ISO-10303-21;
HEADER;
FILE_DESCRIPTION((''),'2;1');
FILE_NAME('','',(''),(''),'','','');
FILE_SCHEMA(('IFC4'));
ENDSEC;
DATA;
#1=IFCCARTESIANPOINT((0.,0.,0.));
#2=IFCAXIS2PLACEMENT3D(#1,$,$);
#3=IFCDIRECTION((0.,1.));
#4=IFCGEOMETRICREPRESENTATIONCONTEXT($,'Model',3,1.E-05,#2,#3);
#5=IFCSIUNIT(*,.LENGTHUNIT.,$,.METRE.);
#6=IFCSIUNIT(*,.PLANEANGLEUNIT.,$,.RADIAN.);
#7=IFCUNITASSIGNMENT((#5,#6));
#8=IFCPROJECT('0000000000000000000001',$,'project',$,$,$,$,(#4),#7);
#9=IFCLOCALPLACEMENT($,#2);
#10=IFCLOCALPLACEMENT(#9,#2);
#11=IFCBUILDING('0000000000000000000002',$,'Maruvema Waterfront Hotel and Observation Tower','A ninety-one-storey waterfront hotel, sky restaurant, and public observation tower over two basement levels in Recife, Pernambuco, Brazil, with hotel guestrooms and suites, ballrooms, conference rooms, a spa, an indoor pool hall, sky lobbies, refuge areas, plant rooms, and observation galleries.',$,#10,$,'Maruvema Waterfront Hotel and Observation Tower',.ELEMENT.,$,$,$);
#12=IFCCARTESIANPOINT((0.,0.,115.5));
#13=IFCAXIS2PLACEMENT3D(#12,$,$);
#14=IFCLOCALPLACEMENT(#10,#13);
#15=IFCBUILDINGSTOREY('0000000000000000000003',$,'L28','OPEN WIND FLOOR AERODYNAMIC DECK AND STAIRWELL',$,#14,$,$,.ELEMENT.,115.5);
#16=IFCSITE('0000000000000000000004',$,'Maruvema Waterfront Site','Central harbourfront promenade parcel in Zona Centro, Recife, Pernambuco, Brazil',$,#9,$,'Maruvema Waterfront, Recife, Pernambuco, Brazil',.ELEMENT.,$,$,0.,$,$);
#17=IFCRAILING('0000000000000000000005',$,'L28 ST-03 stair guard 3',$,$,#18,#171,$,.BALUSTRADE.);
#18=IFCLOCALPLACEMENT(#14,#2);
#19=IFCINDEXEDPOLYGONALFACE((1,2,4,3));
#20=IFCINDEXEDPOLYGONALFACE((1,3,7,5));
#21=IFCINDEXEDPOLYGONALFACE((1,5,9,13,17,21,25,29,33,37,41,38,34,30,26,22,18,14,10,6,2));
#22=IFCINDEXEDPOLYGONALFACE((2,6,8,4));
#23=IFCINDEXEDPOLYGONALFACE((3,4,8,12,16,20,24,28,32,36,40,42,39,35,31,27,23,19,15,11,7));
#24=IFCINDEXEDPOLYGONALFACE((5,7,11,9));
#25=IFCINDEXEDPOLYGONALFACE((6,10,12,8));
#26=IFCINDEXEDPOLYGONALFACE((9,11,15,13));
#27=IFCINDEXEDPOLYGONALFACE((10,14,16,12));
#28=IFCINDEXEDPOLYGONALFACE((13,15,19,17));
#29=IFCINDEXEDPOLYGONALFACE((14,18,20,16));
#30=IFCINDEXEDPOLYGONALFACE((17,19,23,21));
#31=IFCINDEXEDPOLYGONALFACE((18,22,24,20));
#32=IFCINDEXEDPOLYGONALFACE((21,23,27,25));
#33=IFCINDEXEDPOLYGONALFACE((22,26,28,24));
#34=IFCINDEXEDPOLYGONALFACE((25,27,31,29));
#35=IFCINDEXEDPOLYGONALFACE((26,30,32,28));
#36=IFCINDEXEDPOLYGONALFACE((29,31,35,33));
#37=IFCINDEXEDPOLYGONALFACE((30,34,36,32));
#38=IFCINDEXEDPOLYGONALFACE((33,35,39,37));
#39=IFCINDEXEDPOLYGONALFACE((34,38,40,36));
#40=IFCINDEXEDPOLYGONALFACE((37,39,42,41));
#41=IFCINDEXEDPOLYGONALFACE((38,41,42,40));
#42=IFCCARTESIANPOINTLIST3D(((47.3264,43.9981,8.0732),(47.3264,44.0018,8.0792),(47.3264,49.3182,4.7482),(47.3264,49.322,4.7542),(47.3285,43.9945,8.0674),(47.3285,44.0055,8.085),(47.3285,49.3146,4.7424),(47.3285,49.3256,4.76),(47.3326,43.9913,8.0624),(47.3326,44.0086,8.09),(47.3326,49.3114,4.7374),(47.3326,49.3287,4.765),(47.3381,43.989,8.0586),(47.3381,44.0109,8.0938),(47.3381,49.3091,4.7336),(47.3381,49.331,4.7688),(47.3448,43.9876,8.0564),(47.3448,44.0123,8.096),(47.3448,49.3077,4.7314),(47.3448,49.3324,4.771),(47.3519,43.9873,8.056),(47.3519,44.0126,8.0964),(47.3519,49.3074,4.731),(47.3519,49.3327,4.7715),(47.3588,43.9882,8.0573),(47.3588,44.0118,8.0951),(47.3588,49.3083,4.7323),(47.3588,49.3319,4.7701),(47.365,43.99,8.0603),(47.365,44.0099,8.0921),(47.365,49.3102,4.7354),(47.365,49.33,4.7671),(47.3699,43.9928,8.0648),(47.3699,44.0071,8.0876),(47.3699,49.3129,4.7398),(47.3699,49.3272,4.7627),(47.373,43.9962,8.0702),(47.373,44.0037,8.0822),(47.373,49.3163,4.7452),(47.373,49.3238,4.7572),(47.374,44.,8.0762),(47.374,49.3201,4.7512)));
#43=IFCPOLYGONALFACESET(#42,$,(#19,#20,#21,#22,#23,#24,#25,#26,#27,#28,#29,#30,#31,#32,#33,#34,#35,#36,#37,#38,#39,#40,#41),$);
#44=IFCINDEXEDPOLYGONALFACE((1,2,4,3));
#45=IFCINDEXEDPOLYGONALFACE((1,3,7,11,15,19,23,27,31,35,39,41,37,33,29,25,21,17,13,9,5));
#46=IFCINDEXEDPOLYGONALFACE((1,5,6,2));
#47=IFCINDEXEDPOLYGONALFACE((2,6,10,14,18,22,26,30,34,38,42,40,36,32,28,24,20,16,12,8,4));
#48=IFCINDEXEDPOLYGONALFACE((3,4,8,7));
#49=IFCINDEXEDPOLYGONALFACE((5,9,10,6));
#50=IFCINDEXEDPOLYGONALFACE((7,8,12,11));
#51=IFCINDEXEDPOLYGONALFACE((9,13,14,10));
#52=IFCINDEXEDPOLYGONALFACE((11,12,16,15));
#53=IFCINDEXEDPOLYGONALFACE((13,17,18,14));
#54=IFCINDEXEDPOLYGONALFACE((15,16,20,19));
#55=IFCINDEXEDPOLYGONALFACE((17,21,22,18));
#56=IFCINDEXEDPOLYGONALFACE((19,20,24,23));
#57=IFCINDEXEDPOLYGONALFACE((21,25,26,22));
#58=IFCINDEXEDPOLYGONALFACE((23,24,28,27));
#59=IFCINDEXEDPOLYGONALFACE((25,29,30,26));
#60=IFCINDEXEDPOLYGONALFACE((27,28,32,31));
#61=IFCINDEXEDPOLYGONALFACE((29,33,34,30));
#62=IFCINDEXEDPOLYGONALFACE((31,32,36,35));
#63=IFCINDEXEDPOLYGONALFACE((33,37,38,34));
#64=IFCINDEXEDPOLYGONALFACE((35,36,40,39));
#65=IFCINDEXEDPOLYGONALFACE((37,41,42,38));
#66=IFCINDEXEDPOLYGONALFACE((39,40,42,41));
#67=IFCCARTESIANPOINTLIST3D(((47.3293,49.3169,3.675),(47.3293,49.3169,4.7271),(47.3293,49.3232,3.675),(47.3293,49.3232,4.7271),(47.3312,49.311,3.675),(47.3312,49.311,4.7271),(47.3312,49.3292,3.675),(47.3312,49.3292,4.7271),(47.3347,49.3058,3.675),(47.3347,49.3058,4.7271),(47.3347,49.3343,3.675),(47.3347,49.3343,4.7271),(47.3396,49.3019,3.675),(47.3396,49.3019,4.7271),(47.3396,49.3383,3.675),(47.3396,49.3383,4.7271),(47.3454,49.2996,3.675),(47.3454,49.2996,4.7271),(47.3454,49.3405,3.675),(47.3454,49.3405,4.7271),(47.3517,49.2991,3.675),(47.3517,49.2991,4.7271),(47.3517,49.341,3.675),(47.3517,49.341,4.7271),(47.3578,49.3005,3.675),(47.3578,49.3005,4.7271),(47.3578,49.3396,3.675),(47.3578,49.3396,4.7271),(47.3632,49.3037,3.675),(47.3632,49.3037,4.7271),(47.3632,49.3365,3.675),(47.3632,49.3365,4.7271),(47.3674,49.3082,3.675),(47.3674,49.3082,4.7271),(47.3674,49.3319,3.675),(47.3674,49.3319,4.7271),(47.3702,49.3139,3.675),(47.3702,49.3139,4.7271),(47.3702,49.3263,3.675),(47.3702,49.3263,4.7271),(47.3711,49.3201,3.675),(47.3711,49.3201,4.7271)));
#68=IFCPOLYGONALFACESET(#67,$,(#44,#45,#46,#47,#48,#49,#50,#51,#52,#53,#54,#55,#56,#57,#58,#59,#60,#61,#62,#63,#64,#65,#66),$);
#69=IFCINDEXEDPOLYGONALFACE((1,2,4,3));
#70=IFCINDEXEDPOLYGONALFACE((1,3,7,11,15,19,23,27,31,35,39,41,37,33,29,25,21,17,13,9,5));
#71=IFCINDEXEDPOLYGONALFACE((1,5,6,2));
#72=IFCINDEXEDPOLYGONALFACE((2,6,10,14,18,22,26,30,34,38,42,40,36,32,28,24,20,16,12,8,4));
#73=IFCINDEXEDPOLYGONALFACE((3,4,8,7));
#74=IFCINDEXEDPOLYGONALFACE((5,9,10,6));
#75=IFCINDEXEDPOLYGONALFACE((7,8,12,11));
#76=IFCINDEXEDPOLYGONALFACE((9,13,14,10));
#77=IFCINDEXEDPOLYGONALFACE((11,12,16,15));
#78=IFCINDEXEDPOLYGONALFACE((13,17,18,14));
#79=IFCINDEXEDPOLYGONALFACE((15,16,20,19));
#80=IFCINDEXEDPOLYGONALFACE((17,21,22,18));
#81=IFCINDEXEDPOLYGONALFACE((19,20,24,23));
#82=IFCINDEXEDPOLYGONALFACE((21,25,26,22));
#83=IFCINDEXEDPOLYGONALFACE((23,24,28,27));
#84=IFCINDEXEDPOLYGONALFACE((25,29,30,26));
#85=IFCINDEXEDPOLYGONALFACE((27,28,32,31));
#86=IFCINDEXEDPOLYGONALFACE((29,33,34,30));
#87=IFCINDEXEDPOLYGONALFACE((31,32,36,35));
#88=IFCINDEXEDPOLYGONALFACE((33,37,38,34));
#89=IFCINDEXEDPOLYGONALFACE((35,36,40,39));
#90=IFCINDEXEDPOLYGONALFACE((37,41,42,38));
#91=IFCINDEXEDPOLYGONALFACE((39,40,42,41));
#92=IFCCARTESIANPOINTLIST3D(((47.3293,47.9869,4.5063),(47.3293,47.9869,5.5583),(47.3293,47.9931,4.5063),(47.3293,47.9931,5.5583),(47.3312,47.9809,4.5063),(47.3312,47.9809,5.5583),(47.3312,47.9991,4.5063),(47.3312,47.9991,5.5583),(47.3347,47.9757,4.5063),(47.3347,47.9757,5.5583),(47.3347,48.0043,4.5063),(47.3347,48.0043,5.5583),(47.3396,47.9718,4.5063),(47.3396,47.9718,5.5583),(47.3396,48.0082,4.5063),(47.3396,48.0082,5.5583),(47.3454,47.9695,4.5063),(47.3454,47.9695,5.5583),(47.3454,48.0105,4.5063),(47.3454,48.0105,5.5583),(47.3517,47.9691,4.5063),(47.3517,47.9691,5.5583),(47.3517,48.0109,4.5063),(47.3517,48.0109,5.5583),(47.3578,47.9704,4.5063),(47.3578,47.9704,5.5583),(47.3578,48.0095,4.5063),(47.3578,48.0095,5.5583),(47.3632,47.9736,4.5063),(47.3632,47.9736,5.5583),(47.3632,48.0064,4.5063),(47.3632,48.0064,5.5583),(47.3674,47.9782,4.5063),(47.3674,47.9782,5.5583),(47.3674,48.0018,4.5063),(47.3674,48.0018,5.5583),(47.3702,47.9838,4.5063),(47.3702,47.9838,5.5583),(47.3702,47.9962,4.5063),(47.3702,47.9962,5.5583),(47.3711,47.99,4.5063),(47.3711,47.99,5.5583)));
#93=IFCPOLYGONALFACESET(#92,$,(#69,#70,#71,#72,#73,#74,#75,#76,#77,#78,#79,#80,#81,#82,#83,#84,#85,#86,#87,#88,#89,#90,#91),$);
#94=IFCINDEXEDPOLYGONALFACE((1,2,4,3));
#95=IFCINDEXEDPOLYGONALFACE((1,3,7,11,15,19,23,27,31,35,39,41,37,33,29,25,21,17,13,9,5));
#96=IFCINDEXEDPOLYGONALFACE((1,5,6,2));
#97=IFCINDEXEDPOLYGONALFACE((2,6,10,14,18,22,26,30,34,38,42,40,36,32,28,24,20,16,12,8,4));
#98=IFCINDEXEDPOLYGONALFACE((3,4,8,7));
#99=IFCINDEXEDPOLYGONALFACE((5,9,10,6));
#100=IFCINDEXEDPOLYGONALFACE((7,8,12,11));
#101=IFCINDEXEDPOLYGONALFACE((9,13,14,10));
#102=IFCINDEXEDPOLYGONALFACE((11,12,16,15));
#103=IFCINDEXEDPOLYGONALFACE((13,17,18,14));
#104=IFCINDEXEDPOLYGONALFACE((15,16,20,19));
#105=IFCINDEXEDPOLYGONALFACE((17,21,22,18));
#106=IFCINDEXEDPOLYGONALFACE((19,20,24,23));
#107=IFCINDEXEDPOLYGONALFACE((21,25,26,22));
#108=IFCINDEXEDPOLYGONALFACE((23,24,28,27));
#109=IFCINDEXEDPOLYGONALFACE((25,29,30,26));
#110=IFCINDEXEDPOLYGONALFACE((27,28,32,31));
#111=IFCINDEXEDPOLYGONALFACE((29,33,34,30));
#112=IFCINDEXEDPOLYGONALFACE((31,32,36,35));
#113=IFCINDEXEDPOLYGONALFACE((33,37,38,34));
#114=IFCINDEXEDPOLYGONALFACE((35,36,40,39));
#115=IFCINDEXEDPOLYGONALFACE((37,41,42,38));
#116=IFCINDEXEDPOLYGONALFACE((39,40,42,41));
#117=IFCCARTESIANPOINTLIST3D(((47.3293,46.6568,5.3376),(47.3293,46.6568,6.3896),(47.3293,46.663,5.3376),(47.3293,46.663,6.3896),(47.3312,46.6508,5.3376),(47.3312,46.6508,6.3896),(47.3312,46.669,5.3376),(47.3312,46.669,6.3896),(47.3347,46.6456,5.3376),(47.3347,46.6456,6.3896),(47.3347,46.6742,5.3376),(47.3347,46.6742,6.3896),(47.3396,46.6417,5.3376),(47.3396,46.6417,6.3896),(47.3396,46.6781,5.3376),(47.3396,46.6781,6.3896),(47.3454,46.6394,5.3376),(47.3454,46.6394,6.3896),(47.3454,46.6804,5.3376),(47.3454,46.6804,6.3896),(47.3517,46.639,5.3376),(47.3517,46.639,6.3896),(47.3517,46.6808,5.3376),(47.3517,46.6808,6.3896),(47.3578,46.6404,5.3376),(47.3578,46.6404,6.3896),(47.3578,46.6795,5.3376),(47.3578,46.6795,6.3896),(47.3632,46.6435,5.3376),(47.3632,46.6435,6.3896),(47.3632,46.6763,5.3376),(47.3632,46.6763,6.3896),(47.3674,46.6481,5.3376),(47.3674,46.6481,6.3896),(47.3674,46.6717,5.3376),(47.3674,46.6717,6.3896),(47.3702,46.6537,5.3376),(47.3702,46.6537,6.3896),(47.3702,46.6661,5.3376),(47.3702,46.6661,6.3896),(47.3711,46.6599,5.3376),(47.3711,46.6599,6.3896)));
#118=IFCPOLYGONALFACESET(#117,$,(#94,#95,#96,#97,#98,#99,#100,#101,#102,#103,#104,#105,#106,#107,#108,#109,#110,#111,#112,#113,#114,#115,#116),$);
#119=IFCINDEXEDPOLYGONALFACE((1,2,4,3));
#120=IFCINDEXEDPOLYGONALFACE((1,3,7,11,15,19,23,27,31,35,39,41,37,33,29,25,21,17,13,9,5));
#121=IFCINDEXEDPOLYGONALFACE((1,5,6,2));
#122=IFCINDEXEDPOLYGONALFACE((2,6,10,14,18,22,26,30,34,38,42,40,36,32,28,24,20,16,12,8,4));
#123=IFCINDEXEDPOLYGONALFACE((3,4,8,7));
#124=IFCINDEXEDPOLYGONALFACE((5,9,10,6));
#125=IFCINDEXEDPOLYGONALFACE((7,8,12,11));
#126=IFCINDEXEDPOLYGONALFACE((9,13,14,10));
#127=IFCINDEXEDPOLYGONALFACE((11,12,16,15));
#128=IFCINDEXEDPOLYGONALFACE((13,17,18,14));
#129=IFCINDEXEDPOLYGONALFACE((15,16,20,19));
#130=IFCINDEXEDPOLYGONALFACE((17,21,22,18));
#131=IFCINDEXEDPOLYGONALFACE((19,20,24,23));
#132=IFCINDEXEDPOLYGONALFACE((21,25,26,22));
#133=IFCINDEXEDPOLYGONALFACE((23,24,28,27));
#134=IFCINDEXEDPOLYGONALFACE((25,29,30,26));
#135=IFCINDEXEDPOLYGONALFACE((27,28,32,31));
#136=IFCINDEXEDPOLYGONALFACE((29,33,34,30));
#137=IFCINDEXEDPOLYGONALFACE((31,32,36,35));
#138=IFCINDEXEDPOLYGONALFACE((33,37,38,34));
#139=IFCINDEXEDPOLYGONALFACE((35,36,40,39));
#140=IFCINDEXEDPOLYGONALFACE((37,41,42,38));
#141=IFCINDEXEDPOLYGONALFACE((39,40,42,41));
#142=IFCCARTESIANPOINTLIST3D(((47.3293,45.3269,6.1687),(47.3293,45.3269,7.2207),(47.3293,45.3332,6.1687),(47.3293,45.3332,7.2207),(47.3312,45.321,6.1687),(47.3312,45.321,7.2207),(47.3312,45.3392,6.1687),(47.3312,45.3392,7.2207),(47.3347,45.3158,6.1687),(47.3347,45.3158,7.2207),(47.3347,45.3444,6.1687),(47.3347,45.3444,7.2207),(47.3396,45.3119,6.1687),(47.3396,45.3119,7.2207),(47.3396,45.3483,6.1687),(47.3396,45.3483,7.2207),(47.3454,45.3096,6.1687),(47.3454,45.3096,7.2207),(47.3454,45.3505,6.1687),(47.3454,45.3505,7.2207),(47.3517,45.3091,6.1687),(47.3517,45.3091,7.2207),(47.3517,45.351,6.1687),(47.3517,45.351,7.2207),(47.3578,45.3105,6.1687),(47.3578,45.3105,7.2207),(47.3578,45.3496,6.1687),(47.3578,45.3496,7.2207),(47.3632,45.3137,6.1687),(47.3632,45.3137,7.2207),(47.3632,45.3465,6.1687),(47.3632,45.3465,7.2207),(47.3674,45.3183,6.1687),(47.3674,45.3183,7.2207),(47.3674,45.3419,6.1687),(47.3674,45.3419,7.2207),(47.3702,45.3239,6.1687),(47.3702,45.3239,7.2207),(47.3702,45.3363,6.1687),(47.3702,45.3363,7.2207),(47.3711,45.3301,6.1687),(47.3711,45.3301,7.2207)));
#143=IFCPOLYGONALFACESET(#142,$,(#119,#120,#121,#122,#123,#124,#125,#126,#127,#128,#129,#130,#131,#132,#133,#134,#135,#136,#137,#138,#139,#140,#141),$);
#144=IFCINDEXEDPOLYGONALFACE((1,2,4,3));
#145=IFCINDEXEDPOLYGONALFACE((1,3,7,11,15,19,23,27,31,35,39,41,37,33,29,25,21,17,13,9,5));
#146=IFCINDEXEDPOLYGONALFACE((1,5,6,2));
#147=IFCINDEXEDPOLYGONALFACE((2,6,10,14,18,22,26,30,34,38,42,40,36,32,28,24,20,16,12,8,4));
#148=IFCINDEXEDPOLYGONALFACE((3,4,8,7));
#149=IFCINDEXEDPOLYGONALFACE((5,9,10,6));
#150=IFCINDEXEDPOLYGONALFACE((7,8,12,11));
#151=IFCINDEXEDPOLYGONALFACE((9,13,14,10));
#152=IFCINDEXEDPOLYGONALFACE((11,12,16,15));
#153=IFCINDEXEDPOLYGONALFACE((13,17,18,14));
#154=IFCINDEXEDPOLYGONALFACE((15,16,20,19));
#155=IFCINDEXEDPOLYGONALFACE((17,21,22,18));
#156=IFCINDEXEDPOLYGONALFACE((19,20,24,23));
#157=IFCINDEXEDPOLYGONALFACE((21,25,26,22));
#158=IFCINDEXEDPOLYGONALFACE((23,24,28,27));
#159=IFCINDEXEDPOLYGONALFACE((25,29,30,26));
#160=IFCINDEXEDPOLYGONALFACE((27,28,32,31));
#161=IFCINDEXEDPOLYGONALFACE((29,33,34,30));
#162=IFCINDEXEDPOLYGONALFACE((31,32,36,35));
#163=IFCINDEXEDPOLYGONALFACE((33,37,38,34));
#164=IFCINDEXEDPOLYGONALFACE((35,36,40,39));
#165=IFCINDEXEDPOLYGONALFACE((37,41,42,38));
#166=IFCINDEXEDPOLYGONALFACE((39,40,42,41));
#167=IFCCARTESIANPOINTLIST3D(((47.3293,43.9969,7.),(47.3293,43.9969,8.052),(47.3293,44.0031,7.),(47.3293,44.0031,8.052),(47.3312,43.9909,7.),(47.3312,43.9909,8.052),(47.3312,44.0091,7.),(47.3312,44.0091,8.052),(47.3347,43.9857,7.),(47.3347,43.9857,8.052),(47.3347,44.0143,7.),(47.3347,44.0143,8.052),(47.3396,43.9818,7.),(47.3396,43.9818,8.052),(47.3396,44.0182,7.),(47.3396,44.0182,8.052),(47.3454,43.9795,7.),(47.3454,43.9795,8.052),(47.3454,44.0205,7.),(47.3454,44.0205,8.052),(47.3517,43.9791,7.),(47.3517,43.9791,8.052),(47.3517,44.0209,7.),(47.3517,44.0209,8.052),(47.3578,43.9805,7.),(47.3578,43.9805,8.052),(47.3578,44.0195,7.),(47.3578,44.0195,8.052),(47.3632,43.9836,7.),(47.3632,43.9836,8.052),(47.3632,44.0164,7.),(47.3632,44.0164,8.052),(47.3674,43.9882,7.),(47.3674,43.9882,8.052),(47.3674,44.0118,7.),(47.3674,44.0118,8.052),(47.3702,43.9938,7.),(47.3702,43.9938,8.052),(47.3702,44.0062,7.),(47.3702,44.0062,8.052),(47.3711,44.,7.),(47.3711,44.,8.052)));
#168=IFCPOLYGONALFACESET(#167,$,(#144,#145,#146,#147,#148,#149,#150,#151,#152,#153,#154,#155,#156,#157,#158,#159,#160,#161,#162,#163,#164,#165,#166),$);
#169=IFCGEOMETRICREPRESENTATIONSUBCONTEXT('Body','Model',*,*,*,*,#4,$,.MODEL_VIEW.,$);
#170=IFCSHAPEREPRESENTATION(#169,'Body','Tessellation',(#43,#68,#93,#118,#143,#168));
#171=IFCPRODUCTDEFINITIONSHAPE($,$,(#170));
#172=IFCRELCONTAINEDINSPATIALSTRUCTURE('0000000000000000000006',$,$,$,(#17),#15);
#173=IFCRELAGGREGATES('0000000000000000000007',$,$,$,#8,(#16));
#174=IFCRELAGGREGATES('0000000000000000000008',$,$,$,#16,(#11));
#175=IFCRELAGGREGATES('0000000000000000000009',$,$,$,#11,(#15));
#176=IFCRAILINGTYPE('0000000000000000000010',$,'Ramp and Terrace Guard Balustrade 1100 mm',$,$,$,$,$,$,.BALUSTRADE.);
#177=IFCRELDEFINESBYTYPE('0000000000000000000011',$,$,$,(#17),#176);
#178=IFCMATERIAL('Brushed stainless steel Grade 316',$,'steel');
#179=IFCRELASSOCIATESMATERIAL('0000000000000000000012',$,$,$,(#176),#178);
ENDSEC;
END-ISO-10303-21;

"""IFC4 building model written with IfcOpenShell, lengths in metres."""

from ifc_helpers import new_model, si_unit, direction, frame, origin, origin_2d, place, context, subcontext, project, spatial, circle, extrude, material, type_object, element, save


model = new_model("IFC4")

# Units and contexts
model_context = context("Model", 3, precision=1e-05, world=origin(), true_north=direction((0.0, 1.0)))
body_context = subcontext(model_context, "Body", "Model", "MODEL_VIEW")
ifc_project = project(units=[si_unit("LENGTHUNIT", "METRE"), si_unit("PLANEANGLEUNIT", "RADIAN")], contexts=[model_context])

# Site, building, storey
site_placement = place(None, origin())
site = spatial("IfcSite", under=ifc_project, at=site_placement, Name="Maruvema Waterfront Site", Description="Central harbourfront promenade parcel in Zona Centro, Recife, Pernambuco, Brazil", LongName="Maruvema Waterfront, Recife, Pernambuco, Brazil", CompositionType="ELEMENT", RefElevation=0.0)
building_placement = place(site_placement, origin())
building = spatial("IfcBuilding", under=site, at=building_placement, Name="Maruvema Waterfront Hotel and Observation Tower", Description="A ninety-one-storey waterfront hotel, sky restaurant, and public observation tower over two basement levels in Recife, Pernambuco, Brazil, with hotel guestrooms and suites, ballrooms, conference rooms, a spa, an indoor pool hall, sky lobbies, refuge areas, plant rooms, and observation galleries.", LongName="Maruvema Waterfront Hotel and Observation Tower", CompositionType="ELEMENT")
storey_placement = place(building_placement, frame((0.0, 0.0, 115.5)))
storey = spatial("IfcBuildingStorey", under=building, at=storey_placement, Name="L28", Description="OPEN WIND FLOOR AERODYNAMIC DECK AND STAIRWELL", CompositionType="ELEMENT", Elevation=115.5)

# Railing
ifc_material_1 = material(Name="Brushed stainless steel Grade 316", Category="steel")
railing_type_1 = type_object("IfcRailingType", Name="Ramp and Terrace Guard Balustrade 1100 mm", PredefinedType="BALUSTRADE", material=ifc_material_1)
railing_1_placement = place(storey_placement, frame((47.3501, 49.3201, 3.675)))
element("IfcRailing", 1, at=railing_1_placement, inside=storey, type_object=railing_type_1, Name="L28 ST-03 stair guard 3", PredefinedType="BALUSTRADE", context=body_context, shape_type="SweptSolid", body=[
    extrude(circle(Radius=0.0239, at=origin_2d()), frame((0.0, 0.0, 1.0762), z_axis=(0.0, -0.848005, 0.529988), x_axis=(1.0, 0.0, 0.0)), (0.0, 0.0, 1.0), 6.2737),
    extrude(circle(Radius=0.021, at=origin_2d()), origin(), (0.0, 0.0, 1.0), 1.052),
    extrude(circle(Radius=0.021, at=origin_2d()), frame((0.0, -1.3301, 0.8313)), (0.0, 0.0, 1.0), 1.052),
    extrude(circle(Radius=0.021, at=origin_2d()), frame((0.0, -2.6602, 1.6626)), (0.0, 0.0, 1.0), 1.052),
    extrude(circle(Radius=0.021, at=origin_2d()), frame((0.0, -3.99, 2.4937)), (0.0, 0.0, 1.0), 1.052),
    extrude(circle(Radius=0.021, at=origin_2d()), frame((0.0, -5.3201, 3.325)), (0.0, 0.0, 1.0), 1.052),
])

save(model, "model.ifc")
